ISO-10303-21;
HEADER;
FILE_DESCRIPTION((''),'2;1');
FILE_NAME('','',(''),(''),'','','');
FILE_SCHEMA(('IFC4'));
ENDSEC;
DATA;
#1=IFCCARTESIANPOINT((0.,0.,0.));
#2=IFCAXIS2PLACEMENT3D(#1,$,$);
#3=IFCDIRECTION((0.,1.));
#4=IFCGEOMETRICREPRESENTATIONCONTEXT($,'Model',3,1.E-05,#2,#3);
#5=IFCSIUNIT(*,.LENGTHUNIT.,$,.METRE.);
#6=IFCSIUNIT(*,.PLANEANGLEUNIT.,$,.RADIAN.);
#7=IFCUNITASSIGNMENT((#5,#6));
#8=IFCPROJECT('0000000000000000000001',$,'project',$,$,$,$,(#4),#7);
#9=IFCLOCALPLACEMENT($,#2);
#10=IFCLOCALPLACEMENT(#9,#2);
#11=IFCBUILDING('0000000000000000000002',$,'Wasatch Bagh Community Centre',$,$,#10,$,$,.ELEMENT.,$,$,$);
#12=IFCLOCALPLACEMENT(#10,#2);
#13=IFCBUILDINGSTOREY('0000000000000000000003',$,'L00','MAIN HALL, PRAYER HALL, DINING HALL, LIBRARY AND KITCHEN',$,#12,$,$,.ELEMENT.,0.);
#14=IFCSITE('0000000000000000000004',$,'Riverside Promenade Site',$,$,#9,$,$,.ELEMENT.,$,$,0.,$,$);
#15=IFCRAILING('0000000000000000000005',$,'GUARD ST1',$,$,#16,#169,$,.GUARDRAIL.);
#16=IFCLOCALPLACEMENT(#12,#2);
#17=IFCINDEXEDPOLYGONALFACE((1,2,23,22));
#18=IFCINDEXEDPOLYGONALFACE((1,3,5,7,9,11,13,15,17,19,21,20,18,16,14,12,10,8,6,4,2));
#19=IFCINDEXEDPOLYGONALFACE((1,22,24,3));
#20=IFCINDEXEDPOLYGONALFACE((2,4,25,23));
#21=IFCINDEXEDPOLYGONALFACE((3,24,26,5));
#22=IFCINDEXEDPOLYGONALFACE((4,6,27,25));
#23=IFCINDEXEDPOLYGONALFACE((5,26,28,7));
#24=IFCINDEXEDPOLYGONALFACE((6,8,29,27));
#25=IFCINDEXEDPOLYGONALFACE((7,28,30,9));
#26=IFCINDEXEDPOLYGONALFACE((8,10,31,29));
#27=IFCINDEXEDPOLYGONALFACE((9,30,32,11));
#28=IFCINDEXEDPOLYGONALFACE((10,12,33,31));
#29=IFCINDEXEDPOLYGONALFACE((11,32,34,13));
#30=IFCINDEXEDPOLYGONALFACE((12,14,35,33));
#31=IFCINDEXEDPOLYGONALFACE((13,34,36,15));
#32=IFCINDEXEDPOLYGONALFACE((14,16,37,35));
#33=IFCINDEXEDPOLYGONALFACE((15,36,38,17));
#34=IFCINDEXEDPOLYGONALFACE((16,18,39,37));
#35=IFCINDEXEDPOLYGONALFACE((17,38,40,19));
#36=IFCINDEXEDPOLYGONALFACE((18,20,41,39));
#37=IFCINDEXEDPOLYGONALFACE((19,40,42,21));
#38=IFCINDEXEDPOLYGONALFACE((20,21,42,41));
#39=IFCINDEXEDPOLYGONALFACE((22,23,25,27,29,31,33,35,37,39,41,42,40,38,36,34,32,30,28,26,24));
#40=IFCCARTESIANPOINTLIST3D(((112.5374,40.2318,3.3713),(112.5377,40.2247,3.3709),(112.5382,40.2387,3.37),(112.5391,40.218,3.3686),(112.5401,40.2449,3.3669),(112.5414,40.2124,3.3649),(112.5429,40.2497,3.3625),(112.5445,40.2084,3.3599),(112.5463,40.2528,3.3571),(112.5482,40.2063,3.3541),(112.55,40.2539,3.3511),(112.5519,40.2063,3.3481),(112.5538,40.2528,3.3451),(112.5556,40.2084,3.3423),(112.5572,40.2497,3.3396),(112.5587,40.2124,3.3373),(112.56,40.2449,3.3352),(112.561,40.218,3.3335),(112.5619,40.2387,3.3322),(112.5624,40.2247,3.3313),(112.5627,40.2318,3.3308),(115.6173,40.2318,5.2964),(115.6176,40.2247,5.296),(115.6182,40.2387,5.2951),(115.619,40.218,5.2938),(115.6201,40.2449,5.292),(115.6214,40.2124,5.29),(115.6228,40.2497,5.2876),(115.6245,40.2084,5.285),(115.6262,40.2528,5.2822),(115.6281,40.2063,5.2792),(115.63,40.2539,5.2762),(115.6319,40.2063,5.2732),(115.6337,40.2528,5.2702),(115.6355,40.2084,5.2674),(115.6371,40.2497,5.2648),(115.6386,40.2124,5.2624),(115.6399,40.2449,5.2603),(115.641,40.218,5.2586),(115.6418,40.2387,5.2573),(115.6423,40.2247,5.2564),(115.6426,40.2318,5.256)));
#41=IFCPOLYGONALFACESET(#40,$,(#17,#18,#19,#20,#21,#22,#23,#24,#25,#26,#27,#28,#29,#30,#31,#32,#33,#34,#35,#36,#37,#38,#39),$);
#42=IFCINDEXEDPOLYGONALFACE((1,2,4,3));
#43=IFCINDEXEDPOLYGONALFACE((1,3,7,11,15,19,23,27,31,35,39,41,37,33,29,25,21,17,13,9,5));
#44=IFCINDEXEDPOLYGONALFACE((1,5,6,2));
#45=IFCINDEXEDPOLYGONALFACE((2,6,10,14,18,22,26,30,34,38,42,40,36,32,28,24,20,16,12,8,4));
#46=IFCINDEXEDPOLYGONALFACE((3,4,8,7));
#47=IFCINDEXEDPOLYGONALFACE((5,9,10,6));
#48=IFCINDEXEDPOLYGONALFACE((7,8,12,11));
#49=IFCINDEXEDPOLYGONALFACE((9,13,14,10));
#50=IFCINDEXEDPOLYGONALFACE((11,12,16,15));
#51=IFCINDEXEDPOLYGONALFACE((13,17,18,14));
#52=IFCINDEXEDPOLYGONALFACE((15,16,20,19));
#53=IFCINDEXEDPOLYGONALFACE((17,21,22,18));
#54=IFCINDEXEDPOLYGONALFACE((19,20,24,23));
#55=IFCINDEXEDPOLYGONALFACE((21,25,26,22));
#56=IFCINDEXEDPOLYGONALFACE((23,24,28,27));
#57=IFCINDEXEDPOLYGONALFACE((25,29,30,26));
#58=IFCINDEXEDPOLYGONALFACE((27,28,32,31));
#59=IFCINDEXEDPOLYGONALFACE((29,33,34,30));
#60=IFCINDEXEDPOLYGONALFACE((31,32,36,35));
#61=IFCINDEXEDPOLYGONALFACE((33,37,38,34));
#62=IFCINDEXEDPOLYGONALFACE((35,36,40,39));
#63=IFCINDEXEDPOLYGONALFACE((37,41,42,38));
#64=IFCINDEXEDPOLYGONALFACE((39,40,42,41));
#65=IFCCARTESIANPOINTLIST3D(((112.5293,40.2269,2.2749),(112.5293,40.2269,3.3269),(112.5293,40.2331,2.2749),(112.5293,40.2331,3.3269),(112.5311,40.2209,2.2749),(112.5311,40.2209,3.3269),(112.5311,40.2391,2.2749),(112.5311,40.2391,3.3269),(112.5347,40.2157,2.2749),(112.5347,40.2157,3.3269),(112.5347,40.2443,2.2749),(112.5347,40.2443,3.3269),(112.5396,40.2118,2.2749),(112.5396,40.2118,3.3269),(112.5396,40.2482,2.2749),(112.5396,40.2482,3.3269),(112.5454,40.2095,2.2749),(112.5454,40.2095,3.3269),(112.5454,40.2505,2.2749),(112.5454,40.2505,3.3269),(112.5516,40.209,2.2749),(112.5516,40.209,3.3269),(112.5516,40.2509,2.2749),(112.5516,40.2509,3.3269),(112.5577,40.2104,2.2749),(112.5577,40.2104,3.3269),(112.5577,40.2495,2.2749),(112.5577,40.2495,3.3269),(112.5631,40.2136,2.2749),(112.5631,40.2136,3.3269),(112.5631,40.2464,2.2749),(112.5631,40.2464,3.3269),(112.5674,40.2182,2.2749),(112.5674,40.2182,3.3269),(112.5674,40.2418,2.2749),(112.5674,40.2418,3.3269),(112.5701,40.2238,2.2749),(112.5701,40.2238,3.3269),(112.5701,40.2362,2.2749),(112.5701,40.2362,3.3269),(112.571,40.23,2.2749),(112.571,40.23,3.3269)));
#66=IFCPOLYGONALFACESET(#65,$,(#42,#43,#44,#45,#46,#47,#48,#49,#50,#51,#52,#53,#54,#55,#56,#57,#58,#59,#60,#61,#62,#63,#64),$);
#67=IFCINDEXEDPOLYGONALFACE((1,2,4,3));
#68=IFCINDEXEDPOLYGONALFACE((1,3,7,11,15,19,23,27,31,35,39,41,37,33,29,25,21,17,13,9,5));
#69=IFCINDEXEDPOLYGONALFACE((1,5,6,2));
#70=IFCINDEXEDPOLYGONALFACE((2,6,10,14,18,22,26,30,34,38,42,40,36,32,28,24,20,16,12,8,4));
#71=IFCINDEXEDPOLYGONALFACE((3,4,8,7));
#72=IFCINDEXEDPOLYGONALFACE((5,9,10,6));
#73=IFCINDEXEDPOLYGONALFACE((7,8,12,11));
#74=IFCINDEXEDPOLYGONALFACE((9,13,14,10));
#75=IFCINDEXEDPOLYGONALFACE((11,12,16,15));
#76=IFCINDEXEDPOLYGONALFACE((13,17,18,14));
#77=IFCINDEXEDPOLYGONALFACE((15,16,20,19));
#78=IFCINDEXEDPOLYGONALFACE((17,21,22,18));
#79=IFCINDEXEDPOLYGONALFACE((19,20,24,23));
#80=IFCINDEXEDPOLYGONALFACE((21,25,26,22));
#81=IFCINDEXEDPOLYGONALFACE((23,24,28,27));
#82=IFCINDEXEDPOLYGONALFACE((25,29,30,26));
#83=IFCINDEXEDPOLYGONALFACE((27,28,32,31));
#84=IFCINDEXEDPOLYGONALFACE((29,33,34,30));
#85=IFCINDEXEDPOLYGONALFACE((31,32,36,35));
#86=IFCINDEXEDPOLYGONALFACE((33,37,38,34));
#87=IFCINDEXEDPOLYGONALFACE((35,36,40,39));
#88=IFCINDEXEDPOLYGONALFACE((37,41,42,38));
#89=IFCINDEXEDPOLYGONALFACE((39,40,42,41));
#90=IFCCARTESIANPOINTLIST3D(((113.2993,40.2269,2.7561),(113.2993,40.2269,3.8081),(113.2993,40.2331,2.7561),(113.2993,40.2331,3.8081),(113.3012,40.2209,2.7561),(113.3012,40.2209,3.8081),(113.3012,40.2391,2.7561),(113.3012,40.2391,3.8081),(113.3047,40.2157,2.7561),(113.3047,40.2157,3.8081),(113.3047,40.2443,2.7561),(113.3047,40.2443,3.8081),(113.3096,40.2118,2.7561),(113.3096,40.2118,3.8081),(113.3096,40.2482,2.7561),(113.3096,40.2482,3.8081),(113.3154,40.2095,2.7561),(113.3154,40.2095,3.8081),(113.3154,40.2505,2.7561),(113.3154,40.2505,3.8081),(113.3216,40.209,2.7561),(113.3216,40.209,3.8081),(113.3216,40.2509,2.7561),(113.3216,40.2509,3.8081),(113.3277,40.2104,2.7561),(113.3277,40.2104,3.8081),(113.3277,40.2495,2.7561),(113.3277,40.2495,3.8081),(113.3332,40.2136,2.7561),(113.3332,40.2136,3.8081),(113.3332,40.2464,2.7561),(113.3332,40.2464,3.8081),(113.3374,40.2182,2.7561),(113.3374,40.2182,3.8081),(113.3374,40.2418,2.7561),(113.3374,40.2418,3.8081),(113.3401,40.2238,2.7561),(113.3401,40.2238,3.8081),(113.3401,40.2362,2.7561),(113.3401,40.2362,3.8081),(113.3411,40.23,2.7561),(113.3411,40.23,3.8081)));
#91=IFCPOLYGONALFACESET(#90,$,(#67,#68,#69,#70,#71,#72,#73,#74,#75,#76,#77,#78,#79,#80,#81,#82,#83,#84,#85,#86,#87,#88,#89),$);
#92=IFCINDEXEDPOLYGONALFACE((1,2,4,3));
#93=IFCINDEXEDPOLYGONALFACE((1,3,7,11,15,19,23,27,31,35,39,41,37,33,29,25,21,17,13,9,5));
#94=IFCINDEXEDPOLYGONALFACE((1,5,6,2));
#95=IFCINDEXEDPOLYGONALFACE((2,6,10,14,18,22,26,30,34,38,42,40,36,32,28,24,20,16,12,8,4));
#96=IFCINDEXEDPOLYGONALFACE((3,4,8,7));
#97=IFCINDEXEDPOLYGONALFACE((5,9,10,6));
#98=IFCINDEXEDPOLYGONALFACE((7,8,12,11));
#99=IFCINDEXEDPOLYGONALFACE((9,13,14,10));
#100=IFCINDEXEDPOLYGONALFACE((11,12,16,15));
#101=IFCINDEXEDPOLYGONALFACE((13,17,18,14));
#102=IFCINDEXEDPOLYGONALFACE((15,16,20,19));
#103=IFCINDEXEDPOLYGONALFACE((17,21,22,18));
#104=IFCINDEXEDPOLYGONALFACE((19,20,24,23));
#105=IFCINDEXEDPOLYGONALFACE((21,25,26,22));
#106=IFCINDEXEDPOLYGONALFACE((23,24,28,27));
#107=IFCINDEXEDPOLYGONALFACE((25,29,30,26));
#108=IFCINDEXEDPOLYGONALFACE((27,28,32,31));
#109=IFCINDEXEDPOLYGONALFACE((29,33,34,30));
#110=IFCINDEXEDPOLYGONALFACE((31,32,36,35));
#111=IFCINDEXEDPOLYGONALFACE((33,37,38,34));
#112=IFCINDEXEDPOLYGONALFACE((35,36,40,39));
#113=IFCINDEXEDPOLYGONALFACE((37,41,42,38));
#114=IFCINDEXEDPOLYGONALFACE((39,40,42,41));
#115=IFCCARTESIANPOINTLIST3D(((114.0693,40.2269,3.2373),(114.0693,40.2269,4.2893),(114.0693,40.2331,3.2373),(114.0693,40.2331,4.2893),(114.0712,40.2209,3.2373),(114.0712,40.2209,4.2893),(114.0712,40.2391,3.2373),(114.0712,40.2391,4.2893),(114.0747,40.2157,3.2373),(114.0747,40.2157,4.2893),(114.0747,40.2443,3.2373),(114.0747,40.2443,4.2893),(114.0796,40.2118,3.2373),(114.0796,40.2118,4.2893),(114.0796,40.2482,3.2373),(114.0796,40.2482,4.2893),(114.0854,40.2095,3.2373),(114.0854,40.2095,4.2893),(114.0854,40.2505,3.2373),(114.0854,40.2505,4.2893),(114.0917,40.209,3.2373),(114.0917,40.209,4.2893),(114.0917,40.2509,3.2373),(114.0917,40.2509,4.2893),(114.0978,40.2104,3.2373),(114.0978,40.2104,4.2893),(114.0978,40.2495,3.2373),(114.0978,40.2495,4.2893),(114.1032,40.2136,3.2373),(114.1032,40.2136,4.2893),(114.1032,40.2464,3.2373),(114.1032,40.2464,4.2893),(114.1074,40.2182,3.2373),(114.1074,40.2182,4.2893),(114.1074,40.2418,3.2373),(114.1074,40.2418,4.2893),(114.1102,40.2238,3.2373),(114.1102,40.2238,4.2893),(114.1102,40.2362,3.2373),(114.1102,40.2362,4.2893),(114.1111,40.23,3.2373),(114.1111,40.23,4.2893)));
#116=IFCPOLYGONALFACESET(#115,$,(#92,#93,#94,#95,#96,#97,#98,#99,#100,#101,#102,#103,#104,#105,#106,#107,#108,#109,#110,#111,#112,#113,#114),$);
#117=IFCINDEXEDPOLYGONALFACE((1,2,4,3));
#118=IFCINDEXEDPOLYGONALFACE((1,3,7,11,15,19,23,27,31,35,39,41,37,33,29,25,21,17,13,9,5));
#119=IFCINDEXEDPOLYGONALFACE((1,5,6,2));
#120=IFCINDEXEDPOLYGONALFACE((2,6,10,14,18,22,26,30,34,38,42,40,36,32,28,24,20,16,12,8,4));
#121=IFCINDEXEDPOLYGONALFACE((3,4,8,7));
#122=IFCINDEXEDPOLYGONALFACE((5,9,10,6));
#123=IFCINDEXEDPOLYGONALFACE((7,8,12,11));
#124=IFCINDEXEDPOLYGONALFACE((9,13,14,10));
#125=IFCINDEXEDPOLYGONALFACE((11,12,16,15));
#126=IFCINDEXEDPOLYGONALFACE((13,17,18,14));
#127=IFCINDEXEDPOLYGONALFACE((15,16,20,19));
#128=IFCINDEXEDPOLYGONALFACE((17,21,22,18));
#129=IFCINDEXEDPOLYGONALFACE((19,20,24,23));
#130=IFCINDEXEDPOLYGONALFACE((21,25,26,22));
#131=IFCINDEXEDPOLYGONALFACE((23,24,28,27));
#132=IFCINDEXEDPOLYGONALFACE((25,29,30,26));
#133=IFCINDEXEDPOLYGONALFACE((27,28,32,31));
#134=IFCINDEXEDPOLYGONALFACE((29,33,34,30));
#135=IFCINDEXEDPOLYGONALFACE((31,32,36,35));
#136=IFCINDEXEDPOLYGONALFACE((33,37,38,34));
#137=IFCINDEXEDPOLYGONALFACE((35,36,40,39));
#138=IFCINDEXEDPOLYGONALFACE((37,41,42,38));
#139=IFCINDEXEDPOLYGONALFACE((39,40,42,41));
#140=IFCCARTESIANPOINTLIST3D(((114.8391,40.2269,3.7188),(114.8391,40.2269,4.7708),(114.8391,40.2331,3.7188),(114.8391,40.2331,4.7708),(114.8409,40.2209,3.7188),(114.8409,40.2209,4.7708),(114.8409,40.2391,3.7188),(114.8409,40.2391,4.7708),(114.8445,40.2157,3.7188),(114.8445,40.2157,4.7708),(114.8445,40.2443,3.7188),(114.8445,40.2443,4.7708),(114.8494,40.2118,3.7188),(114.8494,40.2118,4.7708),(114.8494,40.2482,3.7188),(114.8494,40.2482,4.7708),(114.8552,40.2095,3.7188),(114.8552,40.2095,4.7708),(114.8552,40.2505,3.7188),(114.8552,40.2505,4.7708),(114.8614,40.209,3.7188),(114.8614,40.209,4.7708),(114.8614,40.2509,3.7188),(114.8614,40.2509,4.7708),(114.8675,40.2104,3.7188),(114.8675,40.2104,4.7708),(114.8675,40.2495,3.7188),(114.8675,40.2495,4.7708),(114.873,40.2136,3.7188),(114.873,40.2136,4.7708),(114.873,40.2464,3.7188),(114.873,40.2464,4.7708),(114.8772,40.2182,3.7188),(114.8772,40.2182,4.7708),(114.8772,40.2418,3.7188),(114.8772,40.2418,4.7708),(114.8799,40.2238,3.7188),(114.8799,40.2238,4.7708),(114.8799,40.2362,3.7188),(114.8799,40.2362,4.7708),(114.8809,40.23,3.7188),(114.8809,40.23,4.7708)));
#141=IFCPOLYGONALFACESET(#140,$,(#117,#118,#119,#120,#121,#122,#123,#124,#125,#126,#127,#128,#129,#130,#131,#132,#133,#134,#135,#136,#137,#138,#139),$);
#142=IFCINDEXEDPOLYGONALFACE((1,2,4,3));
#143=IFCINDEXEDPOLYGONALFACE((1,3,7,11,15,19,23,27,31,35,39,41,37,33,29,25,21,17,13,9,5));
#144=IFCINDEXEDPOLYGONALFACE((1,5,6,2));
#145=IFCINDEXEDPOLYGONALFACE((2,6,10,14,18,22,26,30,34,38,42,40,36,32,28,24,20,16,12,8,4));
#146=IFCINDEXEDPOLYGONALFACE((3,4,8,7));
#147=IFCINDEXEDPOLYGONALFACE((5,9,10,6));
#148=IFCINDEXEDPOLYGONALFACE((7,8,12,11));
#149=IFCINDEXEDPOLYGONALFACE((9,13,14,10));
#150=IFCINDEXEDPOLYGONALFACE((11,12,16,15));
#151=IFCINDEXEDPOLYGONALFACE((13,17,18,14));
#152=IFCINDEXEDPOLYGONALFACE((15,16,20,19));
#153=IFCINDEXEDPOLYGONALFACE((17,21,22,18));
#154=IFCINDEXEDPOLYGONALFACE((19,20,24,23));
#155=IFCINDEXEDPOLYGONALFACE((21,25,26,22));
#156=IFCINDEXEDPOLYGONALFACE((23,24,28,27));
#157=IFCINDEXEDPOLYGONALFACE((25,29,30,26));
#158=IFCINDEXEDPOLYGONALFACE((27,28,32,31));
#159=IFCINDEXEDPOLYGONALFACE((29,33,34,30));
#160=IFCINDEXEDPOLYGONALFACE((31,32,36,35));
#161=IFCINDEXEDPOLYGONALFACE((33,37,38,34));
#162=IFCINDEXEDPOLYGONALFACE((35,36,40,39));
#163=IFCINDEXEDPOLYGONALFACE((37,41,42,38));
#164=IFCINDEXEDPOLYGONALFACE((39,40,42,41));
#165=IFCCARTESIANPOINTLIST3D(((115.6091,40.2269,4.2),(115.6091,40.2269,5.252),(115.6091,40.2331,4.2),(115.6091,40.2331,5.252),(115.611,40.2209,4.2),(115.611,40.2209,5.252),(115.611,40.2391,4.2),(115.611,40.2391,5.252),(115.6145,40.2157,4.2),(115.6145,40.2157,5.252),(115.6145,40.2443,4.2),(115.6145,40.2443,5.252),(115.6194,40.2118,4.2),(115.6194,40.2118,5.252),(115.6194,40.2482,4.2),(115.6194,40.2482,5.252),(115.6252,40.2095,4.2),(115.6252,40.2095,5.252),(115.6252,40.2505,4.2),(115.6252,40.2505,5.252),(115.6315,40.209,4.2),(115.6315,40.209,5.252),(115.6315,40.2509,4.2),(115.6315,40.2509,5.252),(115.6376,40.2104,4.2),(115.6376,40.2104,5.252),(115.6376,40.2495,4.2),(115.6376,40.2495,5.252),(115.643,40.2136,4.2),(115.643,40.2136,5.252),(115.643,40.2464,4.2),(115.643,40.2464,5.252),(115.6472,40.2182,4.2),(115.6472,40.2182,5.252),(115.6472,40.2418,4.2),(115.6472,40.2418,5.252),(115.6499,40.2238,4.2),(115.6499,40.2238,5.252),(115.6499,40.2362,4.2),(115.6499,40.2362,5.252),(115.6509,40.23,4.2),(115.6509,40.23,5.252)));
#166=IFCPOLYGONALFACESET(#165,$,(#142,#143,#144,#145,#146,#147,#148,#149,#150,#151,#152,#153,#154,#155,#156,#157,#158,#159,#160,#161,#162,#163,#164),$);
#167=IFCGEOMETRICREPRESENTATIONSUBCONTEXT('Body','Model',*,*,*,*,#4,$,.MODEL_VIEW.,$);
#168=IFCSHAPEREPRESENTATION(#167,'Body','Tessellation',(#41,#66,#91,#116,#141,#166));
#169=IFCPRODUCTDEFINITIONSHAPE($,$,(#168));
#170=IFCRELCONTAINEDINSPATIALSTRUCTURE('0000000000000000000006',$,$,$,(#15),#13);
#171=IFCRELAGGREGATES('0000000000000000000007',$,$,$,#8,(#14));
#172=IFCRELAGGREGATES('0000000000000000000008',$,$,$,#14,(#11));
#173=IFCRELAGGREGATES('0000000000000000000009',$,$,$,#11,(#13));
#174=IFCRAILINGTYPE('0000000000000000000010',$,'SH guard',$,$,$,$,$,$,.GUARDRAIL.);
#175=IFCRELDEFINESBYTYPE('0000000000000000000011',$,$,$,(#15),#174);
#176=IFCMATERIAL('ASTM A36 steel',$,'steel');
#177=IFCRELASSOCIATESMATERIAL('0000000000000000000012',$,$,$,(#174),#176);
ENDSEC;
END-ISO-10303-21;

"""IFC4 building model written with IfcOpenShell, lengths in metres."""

from ifc_helpers import new_model, si_unit, direction, frame, origin, origin_2d, place, context, subcontext, project, spatial, circle, extrude, material, type_object, element, save


model = new_model("IFC4")

# Units and contexts
model_context = context("Model", 3, precision=1e-05, world=origin(), true_north=direction((0.0, 1.0)))
body_context = subcontext(model_context, "Body", "Model", "MODEL_VIEW")
ifc_project = project(units=[si_unit("LENGTHUNIT", "METRE"), si_unit("PLANEANGLEUNIT", "RADIAN")], contexts=[model_context])

# Site, building, storey
site_placement = place(None, origin())
site = spatial("IfcSite", under=ifc_project, at=site_placement, Name="Riverside Promenade Site", CompositionType="ELEMENT", RefElevation=0.0)
building_placement = place(site_placement, origin())
building = spatial("IfcBuilding", under=site, at=building_placement, Name="Wasatch Bagh Community Centre", CompositionType="ELEMENT")
storey_placement = place(building_placement, origin())
storey = spatial("IfcBuildingStorey", under=building, at=storey_placement, Name="L00", Description="MAIN HALL, PRAYER HALL, DINING HALL, LIBRARY AND KITCHEN", CompositionType="ELEMENT", Elevation=0.0)

# Railing
ifc_material_1 = material(Name="ASTM A36 steel", Category="steel")
railing_type_1 = type_object("IfcRailingType", Name="SH guard", PredefinedType="GUARDRAIL", material=ifc_material_1)
for number, where, name in (
    (1, (112.55, 40.23, 2.2749), "GUARD ST1"),
):
    element("IfcRailing", number, at=place(storey_placement, frame(where)), inside=storey, type_object=railing_type_1, Name=name, PredefinedType="GUARDRAIL", context=body_context, shape_type="SweptSolid", body=[
        extrude(circle(Radius=0.0239, at=origin_2d()), frame((0.0, 0.0, 1.0762), z_axis=(0.847979, 0.0, 0.530029), x_axis=(0.0, 1.0, 0.0)), (0.0, 0.0, 1.0), 3.6321),
        extrude(circle(Radius=0.021, at=origin_2d()), origin(), (0.0, 0.0, 1.0), 1.052),
        extrude(circle(Radius=0.021, at=origin_2d()), frame((0.77, 0.0, 0.4812)), (0.0, 0.0, 1.0), 1.052),
        extrude(circle(Radius=0.021, at=origin_2d()), frame((1.54, 0.0, 0.9624)), (0.0, 0.0, 1.0), 1.052),
        extrude(circle(Radius=0.021, at=origin_2d()), frame((2.3098, 0.0, 1.4438)), (0.0, 0.0, 1.0), 1.052),
        extrude(circle(Radius=0.021, at=origin_2d()), frame((3.0798, 0.0, 1.925)), (0.0, 0.0, 1.0), 1.052),
    ])

save(model, "model.ifc")
